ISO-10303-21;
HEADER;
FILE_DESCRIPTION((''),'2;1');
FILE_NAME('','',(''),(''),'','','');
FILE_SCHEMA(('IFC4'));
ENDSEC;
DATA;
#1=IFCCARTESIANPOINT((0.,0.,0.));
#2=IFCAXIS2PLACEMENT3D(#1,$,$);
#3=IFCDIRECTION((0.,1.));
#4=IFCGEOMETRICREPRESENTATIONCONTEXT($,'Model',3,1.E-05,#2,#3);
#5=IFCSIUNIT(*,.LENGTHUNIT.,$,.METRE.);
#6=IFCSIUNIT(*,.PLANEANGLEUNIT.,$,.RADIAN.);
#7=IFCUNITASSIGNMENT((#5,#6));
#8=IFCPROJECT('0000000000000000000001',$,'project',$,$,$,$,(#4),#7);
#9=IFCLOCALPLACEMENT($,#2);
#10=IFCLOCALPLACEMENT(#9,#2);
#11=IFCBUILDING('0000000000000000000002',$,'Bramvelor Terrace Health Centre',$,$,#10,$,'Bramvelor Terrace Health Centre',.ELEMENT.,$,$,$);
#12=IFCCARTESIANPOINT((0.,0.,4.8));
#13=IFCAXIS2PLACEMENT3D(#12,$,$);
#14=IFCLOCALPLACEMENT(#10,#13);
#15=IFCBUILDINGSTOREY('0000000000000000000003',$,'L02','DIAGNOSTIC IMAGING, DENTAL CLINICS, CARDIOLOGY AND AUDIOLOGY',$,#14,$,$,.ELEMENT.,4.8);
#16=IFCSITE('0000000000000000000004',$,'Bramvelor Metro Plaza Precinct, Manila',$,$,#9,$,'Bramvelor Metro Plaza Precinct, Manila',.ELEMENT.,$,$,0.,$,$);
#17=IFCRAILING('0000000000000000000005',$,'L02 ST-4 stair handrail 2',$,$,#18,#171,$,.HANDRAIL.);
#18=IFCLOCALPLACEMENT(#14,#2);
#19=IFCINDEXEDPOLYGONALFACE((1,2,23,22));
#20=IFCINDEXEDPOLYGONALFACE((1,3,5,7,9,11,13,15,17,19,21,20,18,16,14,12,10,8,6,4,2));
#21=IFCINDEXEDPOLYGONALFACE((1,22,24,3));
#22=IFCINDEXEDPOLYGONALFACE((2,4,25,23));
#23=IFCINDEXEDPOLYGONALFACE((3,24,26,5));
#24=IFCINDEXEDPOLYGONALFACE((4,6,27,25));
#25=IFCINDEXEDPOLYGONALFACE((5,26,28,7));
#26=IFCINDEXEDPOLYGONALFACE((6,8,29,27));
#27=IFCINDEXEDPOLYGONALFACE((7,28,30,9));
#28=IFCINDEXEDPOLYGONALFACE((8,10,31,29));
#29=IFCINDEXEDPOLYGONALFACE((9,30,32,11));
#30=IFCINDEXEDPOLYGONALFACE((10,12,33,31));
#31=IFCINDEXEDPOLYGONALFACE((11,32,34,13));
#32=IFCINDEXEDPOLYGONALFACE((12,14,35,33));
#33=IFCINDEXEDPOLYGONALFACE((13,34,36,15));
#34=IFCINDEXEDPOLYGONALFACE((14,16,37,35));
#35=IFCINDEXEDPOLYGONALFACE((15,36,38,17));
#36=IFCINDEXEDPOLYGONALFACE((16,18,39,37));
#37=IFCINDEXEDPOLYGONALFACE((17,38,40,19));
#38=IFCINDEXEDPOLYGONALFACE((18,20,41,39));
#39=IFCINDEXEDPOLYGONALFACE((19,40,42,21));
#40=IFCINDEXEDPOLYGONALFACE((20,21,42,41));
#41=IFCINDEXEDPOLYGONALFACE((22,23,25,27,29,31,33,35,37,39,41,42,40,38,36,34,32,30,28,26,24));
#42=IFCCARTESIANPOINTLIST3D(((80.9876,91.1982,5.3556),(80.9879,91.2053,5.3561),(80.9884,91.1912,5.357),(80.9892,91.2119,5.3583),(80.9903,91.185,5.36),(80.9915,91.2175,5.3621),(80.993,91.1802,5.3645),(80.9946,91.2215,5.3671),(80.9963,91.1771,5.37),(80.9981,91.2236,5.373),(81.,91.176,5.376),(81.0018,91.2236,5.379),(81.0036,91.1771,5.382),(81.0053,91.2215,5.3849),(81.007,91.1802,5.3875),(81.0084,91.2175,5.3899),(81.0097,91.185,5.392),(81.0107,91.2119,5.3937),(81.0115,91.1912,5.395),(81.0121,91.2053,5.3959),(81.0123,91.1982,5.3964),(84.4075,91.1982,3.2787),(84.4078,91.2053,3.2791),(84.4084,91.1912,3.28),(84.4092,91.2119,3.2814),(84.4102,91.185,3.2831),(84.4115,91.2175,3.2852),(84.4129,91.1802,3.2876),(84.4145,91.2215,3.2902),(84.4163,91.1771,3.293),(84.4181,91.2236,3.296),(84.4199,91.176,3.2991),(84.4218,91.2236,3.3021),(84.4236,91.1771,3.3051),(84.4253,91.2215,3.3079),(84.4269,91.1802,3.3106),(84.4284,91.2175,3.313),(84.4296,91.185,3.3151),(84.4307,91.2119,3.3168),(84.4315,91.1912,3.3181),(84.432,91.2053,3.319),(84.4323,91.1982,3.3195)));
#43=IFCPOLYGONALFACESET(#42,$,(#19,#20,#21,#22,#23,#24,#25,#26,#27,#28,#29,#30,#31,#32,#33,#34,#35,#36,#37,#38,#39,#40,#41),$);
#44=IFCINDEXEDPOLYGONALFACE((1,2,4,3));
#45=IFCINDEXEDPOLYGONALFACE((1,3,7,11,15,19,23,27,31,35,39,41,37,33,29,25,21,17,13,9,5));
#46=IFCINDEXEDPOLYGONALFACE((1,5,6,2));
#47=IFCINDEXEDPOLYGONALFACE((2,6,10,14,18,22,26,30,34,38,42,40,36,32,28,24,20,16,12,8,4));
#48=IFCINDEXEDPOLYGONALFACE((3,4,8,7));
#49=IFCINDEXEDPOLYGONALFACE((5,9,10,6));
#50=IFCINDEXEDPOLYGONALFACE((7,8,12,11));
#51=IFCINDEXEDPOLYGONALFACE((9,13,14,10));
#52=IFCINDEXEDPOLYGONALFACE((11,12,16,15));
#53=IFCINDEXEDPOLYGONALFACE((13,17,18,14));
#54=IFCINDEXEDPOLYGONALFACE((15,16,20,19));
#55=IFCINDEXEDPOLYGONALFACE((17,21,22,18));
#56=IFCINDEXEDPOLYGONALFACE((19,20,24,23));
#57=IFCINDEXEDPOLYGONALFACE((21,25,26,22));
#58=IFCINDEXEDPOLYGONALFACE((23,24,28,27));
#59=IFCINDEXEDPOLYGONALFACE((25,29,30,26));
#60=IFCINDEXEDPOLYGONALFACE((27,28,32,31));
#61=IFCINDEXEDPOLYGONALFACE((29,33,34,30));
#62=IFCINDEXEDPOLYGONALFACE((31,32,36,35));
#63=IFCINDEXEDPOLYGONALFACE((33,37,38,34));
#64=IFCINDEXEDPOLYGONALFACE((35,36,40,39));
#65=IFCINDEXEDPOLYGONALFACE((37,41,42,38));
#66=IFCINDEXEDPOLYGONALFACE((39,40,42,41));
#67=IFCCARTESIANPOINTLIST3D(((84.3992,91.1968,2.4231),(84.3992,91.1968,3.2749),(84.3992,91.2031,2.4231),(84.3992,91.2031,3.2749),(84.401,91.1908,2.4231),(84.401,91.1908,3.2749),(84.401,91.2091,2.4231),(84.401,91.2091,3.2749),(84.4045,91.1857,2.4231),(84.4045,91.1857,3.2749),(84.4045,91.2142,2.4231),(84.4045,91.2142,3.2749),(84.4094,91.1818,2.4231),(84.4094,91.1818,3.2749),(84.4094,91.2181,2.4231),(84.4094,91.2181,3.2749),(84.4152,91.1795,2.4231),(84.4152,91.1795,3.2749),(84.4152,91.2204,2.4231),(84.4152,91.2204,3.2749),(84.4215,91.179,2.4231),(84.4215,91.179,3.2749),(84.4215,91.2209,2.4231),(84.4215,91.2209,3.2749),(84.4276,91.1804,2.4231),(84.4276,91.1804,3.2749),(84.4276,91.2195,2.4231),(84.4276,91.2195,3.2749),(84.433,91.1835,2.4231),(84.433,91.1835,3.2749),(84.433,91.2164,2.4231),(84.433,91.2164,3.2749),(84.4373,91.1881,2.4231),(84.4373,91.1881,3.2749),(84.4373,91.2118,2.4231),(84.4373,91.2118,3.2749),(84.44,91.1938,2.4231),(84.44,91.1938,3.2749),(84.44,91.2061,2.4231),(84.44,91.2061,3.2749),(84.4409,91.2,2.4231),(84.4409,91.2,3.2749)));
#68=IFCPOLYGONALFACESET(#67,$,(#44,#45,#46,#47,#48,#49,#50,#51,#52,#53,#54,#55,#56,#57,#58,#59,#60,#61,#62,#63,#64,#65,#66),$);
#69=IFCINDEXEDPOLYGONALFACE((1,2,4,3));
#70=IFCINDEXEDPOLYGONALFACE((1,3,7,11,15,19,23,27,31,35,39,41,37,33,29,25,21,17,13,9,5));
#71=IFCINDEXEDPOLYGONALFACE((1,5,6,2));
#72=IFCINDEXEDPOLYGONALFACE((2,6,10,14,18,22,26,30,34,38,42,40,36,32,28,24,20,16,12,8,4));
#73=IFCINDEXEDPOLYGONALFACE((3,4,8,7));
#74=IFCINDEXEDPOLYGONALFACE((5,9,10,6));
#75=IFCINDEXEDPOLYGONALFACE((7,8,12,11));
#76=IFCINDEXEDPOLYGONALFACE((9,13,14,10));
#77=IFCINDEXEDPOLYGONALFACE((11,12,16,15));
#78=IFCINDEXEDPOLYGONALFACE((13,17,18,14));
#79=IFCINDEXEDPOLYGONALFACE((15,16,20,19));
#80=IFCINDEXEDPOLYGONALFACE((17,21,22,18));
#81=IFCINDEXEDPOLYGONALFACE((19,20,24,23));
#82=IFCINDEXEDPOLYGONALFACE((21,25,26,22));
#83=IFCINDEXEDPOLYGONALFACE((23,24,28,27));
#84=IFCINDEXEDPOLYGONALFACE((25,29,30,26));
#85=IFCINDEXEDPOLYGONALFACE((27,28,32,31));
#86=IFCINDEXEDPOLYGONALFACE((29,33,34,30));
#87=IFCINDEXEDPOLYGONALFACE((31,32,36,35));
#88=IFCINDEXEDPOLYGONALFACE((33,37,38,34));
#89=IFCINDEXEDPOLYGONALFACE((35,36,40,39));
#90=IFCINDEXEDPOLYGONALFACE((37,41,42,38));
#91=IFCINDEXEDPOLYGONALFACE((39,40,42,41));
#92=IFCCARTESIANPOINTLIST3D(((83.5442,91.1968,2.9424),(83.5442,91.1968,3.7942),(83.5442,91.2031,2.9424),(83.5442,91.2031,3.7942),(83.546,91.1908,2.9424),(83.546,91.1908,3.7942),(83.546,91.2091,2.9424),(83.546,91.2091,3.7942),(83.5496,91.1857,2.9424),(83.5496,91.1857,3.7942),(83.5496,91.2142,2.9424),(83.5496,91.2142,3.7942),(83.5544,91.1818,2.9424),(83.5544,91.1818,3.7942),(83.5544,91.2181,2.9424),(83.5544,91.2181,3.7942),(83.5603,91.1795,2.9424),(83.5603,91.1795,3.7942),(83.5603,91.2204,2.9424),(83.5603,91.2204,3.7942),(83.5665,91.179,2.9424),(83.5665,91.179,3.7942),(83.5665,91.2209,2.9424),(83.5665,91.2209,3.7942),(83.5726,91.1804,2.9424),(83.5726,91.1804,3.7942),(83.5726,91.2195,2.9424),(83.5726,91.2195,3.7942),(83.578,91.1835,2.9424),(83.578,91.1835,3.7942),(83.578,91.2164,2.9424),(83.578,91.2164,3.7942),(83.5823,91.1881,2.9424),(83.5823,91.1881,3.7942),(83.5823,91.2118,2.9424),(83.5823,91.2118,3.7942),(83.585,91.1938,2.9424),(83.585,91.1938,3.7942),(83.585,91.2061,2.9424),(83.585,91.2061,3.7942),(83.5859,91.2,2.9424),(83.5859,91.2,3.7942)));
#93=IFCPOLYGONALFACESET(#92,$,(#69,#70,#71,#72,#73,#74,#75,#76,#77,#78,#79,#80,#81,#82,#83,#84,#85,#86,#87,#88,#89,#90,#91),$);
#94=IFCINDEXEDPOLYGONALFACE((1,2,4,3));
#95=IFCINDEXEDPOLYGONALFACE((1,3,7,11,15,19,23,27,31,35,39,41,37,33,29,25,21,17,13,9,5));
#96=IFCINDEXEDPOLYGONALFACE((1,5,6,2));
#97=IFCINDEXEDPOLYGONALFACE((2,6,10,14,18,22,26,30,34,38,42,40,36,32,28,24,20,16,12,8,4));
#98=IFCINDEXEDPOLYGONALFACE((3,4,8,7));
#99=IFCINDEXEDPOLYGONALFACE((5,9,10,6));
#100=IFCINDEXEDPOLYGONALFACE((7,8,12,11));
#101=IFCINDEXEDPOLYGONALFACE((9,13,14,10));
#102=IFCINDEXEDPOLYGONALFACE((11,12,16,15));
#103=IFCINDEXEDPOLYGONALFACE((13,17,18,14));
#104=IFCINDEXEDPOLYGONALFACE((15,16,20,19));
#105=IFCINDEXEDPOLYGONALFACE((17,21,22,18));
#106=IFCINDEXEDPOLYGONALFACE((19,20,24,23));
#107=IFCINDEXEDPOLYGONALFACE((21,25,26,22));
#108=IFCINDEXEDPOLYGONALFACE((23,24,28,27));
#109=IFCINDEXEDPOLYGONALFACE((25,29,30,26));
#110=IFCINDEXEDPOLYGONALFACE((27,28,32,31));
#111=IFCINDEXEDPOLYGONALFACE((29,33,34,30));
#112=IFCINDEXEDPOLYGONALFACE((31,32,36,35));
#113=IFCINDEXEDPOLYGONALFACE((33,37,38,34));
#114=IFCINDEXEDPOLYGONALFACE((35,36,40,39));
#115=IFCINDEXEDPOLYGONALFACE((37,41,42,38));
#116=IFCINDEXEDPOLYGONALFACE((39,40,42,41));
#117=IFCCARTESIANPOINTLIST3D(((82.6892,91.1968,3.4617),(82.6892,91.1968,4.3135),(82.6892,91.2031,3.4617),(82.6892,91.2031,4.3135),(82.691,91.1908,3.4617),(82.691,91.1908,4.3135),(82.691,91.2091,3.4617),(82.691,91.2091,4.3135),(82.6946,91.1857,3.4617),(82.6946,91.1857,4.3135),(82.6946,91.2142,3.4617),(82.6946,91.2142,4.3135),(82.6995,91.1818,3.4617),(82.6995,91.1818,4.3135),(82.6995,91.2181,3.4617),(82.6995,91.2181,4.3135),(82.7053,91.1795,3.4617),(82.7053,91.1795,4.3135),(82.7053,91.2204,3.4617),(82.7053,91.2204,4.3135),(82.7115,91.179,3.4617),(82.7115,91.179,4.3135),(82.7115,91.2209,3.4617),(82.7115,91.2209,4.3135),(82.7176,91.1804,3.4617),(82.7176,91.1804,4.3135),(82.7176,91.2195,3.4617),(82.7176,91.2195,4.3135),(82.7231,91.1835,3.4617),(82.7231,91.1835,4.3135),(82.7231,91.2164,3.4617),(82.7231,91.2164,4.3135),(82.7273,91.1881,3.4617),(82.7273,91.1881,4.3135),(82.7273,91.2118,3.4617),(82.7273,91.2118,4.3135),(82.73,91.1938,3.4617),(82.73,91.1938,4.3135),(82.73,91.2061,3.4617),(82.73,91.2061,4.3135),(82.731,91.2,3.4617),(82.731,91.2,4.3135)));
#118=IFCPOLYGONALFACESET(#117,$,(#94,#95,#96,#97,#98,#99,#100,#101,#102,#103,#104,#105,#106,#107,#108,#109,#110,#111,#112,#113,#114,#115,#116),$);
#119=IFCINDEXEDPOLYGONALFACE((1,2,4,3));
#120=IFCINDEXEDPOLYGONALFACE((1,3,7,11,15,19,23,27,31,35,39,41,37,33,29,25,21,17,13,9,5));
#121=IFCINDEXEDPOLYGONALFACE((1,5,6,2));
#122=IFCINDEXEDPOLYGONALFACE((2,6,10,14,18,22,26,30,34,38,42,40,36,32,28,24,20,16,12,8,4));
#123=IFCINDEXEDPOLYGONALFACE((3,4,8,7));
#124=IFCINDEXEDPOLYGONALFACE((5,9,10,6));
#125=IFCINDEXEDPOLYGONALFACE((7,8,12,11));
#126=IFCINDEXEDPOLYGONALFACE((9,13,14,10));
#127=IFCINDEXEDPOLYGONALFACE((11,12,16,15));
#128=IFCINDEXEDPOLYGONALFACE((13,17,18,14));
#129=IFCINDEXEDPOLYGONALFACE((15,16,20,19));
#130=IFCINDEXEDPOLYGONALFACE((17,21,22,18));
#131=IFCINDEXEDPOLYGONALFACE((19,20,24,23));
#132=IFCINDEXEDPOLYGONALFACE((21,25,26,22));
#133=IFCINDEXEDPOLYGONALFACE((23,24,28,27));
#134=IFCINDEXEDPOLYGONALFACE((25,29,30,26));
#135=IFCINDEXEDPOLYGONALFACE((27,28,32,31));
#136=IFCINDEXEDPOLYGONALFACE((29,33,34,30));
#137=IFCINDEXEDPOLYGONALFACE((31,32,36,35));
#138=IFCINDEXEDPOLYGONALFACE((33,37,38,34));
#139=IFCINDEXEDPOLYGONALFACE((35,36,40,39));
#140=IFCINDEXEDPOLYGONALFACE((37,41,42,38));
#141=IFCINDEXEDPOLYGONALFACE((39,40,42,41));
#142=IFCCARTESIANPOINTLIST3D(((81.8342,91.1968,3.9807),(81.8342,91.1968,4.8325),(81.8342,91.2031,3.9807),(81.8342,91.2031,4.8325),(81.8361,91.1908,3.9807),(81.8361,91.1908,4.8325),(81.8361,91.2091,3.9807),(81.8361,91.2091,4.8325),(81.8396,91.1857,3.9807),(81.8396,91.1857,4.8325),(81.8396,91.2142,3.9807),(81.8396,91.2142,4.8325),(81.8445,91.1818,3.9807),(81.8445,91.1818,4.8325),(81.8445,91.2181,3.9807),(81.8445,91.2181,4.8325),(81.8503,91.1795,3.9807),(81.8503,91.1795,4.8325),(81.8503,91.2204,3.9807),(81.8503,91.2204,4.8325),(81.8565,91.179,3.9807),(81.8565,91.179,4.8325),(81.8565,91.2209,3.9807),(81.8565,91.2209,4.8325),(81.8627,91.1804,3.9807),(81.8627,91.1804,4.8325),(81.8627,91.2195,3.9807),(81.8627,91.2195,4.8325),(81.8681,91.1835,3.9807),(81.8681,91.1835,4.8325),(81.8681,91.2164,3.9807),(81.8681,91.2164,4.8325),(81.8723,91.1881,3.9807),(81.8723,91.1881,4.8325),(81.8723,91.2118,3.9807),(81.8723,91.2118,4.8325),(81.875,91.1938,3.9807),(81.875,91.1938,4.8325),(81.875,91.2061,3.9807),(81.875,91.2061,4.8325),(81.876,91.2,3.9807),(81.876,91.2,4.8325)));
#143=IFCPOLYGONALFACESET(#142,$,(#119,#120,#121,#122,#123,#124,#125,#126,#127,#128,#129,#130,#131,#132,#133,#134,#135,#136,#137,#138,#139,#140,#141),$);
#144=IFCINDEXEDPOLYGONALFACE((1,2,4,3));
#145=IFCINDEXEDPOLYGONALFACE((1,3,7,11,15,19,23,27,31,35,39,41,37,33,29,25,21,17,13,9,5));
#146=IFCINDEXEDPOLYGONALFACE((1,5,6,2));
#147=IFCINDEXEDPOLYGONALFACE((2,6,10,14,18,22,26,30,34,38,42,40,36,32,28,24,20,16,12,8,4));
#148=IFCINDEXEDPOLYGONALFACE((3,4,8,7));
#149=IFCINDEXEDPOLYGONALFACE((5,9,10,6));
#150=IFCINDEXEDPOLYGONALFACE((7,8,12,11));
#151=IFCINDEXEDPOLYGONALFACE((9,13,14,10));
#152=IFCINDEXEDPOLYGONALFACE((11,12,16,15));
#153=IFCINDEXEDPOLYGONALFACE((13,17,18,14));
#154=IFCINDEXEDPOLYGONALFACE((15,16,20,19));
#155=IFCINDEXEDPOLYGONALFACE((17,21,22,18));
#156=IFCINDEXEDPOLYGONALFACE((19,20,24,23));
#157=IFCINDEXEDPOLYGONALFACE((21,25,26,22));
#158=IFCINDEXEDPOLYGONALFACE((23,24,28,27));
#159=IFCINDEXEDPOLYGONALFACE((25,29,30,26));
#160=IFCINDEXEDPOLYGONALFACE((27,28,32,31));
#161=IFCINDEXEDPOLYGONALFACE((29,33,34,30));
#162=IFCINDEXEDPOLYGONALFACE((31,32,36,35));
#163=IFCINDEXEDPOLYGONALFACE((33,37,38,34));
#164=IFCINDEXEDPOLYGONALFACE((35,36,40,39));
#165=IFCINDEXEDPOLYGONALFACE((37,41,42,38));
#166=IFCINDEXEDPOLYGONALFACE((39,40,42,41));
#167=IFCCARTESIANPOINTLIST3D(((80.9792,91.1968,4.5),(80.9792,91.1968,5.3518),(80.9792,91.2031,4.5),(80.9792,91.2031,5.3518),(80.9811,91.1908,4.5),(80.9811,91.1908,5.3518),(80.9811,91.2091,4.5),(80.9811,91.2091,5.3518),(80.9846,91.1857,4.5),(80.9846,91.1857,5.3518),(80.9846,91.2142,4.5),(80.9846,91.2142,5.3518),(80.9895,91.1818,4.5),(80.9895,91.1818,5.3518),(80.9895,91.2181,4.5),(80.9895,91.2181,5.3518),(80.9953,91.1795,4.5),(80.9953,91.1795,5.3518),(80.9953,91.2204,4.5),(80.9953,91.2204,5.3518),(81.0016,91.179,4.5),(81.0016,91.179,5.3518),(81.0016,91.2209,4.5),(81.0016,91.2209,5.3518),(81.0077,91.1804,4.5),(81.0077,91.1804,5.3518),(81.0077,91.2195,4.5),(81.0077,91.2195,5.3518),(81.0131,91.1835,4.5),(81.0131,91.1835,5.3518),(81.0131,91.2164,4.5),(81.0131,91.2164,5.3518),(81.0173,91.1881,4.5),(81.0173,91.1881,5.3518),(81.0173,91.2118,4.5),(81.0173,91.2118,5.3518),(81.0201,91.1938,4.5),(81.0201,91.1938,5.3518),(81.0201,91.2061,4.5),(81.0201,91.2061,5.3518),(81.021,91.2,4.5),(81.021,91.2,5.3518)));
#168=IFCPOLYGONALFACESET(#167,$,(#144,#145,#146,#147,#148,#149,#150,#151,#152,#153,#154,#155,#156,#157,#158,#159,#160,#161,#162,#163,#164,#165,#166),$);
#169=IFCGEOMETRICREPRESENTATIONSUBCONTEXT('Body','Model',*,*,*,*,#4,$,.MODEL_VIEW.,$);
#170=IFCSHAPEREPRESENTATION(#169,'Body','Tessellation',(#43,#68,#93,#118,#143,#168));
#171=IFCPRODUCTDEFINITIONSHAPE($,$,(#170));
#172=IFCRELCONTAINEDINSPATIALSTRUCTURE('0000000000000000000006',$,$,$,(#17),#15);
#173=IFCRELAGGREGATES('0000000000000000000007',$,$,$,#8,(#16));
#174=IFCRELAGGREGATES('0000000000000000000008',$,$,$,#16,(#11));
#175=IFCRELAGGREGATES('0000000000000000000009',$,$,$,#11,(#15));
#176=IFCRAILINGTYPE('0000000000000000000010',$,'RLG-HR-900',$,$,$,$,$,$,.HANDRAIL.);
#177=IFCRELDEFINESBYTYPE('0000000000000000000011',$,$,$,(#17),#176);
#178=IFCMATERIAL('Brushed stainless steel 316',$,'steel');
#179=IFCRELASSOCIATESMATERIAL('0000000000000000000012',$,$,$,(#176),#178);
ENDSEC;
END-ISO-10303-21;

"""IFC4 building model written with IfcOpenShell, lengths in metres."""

from ifc_helpers import new_model, si_unit, direction, frame, origin, origin_2d, place, context, subcontext, project, spatial, circle, extrude, material, type_object, element, save


model = new_model("IFC4")

# Units and contexts
model_context = context("Model", 3, precision=1e-05, world=origin(), true_north=direction((0.0, 1.0)))
body_context = subcontext(model_context, "Body", "Model", "MODEL_VIEW")
ifc_project = project(units=[si_unit("LENGTHUNIT", "METRE"), si_unit("PLANEANGLEUNIT", "RADIAN")], contexts=[model_context])

# Site, building, storey
site_placement = place(None, origin())
site = spatial("IfcSite", under=ifc_project, at=site_placement, Name="Bramvelor Metro Plaza Precinct, Manila", LongName="Bramvelor Metro Plaza Precinct, Manila", CompositionType="ELEMENT", RefElevation=0.0)
building_placement = place(site_placement, origin())
building = spatial("IfcBuilding", under=site, at=building_placement, Name="Bramvelor Terrace Health Centre", LongName="Bramvelor Terrace Health Centre", CompositionType="ELEMENT")
storey_placement = place(building_placement, frame((0.0, 0.0, 4.8)))
storey = spatial("IfcBuildingStorey", under=building, at=storey_placement, Name="L02", Description="DIAGNOSTIC IMAGING, DENTAL CLINICS, CARDIOLOGY AND AUDIOLOGY", CompositionType="ELEMENT", Elevation=4.8)

# Railing
ifc_material_1 = material(Name="Brushed stainless steel 316", Category="steel")
railing_type = type_object("IfcRailingType", Name="RLG-HR-900", PredefinedType="HANDRAIL", material=ifc_material_1)
railing_placement = place(storey_placement, frame((84.4199, 91.2, 2.4231)))
element("IfcRailing", 1, at=railing_placement, inside=storey, type_object=railing_type, Name="L02 ST-4 stair handrail 2", PredefinedType="HANDRAIL", context=body_context, shape_type="SweptSolid", body=[
    extrude(circle(Radius=0.0239, at=origin_2d()), frame((0.0, 0.0, 0.876), z_axis=(-0.85473, 0.0, 0.519074), x_axis=(0.0, -1.0, 0.0)), (0.0, 0.0, 1.0), 4.0012),
    extrude(circle(Radius=0.021, at=origin_2d()), origin(), (0.0, 0.0, 1.0), 0.8518),
    extrude(circle(Radius=0.021, at=origin_2d()), frame((-0.855, 0.0, 0.5193)), (0.0, 0.0, 1.0), 0.8518),
    extrude(circle(Radius=0.021, at=origin_2d()), frame((-1.71, 0.0, 1.0386)), (0.0, 0.0, 1.0), 0.8518),
    extrude(circle(Radius=0.021, at=origin_2d()), frame((-2.5649, 0.0, 1.5576)), (0.0, 0.0, 1.0), 0.8518),
    extrude(circle(Radius=0.021, at=origin_2d()), frame((-3.4199, 0.0, 2.0769)), (0.0, 0.0, 1.0), 0.8518),
])

save(model, "model.ifc")
